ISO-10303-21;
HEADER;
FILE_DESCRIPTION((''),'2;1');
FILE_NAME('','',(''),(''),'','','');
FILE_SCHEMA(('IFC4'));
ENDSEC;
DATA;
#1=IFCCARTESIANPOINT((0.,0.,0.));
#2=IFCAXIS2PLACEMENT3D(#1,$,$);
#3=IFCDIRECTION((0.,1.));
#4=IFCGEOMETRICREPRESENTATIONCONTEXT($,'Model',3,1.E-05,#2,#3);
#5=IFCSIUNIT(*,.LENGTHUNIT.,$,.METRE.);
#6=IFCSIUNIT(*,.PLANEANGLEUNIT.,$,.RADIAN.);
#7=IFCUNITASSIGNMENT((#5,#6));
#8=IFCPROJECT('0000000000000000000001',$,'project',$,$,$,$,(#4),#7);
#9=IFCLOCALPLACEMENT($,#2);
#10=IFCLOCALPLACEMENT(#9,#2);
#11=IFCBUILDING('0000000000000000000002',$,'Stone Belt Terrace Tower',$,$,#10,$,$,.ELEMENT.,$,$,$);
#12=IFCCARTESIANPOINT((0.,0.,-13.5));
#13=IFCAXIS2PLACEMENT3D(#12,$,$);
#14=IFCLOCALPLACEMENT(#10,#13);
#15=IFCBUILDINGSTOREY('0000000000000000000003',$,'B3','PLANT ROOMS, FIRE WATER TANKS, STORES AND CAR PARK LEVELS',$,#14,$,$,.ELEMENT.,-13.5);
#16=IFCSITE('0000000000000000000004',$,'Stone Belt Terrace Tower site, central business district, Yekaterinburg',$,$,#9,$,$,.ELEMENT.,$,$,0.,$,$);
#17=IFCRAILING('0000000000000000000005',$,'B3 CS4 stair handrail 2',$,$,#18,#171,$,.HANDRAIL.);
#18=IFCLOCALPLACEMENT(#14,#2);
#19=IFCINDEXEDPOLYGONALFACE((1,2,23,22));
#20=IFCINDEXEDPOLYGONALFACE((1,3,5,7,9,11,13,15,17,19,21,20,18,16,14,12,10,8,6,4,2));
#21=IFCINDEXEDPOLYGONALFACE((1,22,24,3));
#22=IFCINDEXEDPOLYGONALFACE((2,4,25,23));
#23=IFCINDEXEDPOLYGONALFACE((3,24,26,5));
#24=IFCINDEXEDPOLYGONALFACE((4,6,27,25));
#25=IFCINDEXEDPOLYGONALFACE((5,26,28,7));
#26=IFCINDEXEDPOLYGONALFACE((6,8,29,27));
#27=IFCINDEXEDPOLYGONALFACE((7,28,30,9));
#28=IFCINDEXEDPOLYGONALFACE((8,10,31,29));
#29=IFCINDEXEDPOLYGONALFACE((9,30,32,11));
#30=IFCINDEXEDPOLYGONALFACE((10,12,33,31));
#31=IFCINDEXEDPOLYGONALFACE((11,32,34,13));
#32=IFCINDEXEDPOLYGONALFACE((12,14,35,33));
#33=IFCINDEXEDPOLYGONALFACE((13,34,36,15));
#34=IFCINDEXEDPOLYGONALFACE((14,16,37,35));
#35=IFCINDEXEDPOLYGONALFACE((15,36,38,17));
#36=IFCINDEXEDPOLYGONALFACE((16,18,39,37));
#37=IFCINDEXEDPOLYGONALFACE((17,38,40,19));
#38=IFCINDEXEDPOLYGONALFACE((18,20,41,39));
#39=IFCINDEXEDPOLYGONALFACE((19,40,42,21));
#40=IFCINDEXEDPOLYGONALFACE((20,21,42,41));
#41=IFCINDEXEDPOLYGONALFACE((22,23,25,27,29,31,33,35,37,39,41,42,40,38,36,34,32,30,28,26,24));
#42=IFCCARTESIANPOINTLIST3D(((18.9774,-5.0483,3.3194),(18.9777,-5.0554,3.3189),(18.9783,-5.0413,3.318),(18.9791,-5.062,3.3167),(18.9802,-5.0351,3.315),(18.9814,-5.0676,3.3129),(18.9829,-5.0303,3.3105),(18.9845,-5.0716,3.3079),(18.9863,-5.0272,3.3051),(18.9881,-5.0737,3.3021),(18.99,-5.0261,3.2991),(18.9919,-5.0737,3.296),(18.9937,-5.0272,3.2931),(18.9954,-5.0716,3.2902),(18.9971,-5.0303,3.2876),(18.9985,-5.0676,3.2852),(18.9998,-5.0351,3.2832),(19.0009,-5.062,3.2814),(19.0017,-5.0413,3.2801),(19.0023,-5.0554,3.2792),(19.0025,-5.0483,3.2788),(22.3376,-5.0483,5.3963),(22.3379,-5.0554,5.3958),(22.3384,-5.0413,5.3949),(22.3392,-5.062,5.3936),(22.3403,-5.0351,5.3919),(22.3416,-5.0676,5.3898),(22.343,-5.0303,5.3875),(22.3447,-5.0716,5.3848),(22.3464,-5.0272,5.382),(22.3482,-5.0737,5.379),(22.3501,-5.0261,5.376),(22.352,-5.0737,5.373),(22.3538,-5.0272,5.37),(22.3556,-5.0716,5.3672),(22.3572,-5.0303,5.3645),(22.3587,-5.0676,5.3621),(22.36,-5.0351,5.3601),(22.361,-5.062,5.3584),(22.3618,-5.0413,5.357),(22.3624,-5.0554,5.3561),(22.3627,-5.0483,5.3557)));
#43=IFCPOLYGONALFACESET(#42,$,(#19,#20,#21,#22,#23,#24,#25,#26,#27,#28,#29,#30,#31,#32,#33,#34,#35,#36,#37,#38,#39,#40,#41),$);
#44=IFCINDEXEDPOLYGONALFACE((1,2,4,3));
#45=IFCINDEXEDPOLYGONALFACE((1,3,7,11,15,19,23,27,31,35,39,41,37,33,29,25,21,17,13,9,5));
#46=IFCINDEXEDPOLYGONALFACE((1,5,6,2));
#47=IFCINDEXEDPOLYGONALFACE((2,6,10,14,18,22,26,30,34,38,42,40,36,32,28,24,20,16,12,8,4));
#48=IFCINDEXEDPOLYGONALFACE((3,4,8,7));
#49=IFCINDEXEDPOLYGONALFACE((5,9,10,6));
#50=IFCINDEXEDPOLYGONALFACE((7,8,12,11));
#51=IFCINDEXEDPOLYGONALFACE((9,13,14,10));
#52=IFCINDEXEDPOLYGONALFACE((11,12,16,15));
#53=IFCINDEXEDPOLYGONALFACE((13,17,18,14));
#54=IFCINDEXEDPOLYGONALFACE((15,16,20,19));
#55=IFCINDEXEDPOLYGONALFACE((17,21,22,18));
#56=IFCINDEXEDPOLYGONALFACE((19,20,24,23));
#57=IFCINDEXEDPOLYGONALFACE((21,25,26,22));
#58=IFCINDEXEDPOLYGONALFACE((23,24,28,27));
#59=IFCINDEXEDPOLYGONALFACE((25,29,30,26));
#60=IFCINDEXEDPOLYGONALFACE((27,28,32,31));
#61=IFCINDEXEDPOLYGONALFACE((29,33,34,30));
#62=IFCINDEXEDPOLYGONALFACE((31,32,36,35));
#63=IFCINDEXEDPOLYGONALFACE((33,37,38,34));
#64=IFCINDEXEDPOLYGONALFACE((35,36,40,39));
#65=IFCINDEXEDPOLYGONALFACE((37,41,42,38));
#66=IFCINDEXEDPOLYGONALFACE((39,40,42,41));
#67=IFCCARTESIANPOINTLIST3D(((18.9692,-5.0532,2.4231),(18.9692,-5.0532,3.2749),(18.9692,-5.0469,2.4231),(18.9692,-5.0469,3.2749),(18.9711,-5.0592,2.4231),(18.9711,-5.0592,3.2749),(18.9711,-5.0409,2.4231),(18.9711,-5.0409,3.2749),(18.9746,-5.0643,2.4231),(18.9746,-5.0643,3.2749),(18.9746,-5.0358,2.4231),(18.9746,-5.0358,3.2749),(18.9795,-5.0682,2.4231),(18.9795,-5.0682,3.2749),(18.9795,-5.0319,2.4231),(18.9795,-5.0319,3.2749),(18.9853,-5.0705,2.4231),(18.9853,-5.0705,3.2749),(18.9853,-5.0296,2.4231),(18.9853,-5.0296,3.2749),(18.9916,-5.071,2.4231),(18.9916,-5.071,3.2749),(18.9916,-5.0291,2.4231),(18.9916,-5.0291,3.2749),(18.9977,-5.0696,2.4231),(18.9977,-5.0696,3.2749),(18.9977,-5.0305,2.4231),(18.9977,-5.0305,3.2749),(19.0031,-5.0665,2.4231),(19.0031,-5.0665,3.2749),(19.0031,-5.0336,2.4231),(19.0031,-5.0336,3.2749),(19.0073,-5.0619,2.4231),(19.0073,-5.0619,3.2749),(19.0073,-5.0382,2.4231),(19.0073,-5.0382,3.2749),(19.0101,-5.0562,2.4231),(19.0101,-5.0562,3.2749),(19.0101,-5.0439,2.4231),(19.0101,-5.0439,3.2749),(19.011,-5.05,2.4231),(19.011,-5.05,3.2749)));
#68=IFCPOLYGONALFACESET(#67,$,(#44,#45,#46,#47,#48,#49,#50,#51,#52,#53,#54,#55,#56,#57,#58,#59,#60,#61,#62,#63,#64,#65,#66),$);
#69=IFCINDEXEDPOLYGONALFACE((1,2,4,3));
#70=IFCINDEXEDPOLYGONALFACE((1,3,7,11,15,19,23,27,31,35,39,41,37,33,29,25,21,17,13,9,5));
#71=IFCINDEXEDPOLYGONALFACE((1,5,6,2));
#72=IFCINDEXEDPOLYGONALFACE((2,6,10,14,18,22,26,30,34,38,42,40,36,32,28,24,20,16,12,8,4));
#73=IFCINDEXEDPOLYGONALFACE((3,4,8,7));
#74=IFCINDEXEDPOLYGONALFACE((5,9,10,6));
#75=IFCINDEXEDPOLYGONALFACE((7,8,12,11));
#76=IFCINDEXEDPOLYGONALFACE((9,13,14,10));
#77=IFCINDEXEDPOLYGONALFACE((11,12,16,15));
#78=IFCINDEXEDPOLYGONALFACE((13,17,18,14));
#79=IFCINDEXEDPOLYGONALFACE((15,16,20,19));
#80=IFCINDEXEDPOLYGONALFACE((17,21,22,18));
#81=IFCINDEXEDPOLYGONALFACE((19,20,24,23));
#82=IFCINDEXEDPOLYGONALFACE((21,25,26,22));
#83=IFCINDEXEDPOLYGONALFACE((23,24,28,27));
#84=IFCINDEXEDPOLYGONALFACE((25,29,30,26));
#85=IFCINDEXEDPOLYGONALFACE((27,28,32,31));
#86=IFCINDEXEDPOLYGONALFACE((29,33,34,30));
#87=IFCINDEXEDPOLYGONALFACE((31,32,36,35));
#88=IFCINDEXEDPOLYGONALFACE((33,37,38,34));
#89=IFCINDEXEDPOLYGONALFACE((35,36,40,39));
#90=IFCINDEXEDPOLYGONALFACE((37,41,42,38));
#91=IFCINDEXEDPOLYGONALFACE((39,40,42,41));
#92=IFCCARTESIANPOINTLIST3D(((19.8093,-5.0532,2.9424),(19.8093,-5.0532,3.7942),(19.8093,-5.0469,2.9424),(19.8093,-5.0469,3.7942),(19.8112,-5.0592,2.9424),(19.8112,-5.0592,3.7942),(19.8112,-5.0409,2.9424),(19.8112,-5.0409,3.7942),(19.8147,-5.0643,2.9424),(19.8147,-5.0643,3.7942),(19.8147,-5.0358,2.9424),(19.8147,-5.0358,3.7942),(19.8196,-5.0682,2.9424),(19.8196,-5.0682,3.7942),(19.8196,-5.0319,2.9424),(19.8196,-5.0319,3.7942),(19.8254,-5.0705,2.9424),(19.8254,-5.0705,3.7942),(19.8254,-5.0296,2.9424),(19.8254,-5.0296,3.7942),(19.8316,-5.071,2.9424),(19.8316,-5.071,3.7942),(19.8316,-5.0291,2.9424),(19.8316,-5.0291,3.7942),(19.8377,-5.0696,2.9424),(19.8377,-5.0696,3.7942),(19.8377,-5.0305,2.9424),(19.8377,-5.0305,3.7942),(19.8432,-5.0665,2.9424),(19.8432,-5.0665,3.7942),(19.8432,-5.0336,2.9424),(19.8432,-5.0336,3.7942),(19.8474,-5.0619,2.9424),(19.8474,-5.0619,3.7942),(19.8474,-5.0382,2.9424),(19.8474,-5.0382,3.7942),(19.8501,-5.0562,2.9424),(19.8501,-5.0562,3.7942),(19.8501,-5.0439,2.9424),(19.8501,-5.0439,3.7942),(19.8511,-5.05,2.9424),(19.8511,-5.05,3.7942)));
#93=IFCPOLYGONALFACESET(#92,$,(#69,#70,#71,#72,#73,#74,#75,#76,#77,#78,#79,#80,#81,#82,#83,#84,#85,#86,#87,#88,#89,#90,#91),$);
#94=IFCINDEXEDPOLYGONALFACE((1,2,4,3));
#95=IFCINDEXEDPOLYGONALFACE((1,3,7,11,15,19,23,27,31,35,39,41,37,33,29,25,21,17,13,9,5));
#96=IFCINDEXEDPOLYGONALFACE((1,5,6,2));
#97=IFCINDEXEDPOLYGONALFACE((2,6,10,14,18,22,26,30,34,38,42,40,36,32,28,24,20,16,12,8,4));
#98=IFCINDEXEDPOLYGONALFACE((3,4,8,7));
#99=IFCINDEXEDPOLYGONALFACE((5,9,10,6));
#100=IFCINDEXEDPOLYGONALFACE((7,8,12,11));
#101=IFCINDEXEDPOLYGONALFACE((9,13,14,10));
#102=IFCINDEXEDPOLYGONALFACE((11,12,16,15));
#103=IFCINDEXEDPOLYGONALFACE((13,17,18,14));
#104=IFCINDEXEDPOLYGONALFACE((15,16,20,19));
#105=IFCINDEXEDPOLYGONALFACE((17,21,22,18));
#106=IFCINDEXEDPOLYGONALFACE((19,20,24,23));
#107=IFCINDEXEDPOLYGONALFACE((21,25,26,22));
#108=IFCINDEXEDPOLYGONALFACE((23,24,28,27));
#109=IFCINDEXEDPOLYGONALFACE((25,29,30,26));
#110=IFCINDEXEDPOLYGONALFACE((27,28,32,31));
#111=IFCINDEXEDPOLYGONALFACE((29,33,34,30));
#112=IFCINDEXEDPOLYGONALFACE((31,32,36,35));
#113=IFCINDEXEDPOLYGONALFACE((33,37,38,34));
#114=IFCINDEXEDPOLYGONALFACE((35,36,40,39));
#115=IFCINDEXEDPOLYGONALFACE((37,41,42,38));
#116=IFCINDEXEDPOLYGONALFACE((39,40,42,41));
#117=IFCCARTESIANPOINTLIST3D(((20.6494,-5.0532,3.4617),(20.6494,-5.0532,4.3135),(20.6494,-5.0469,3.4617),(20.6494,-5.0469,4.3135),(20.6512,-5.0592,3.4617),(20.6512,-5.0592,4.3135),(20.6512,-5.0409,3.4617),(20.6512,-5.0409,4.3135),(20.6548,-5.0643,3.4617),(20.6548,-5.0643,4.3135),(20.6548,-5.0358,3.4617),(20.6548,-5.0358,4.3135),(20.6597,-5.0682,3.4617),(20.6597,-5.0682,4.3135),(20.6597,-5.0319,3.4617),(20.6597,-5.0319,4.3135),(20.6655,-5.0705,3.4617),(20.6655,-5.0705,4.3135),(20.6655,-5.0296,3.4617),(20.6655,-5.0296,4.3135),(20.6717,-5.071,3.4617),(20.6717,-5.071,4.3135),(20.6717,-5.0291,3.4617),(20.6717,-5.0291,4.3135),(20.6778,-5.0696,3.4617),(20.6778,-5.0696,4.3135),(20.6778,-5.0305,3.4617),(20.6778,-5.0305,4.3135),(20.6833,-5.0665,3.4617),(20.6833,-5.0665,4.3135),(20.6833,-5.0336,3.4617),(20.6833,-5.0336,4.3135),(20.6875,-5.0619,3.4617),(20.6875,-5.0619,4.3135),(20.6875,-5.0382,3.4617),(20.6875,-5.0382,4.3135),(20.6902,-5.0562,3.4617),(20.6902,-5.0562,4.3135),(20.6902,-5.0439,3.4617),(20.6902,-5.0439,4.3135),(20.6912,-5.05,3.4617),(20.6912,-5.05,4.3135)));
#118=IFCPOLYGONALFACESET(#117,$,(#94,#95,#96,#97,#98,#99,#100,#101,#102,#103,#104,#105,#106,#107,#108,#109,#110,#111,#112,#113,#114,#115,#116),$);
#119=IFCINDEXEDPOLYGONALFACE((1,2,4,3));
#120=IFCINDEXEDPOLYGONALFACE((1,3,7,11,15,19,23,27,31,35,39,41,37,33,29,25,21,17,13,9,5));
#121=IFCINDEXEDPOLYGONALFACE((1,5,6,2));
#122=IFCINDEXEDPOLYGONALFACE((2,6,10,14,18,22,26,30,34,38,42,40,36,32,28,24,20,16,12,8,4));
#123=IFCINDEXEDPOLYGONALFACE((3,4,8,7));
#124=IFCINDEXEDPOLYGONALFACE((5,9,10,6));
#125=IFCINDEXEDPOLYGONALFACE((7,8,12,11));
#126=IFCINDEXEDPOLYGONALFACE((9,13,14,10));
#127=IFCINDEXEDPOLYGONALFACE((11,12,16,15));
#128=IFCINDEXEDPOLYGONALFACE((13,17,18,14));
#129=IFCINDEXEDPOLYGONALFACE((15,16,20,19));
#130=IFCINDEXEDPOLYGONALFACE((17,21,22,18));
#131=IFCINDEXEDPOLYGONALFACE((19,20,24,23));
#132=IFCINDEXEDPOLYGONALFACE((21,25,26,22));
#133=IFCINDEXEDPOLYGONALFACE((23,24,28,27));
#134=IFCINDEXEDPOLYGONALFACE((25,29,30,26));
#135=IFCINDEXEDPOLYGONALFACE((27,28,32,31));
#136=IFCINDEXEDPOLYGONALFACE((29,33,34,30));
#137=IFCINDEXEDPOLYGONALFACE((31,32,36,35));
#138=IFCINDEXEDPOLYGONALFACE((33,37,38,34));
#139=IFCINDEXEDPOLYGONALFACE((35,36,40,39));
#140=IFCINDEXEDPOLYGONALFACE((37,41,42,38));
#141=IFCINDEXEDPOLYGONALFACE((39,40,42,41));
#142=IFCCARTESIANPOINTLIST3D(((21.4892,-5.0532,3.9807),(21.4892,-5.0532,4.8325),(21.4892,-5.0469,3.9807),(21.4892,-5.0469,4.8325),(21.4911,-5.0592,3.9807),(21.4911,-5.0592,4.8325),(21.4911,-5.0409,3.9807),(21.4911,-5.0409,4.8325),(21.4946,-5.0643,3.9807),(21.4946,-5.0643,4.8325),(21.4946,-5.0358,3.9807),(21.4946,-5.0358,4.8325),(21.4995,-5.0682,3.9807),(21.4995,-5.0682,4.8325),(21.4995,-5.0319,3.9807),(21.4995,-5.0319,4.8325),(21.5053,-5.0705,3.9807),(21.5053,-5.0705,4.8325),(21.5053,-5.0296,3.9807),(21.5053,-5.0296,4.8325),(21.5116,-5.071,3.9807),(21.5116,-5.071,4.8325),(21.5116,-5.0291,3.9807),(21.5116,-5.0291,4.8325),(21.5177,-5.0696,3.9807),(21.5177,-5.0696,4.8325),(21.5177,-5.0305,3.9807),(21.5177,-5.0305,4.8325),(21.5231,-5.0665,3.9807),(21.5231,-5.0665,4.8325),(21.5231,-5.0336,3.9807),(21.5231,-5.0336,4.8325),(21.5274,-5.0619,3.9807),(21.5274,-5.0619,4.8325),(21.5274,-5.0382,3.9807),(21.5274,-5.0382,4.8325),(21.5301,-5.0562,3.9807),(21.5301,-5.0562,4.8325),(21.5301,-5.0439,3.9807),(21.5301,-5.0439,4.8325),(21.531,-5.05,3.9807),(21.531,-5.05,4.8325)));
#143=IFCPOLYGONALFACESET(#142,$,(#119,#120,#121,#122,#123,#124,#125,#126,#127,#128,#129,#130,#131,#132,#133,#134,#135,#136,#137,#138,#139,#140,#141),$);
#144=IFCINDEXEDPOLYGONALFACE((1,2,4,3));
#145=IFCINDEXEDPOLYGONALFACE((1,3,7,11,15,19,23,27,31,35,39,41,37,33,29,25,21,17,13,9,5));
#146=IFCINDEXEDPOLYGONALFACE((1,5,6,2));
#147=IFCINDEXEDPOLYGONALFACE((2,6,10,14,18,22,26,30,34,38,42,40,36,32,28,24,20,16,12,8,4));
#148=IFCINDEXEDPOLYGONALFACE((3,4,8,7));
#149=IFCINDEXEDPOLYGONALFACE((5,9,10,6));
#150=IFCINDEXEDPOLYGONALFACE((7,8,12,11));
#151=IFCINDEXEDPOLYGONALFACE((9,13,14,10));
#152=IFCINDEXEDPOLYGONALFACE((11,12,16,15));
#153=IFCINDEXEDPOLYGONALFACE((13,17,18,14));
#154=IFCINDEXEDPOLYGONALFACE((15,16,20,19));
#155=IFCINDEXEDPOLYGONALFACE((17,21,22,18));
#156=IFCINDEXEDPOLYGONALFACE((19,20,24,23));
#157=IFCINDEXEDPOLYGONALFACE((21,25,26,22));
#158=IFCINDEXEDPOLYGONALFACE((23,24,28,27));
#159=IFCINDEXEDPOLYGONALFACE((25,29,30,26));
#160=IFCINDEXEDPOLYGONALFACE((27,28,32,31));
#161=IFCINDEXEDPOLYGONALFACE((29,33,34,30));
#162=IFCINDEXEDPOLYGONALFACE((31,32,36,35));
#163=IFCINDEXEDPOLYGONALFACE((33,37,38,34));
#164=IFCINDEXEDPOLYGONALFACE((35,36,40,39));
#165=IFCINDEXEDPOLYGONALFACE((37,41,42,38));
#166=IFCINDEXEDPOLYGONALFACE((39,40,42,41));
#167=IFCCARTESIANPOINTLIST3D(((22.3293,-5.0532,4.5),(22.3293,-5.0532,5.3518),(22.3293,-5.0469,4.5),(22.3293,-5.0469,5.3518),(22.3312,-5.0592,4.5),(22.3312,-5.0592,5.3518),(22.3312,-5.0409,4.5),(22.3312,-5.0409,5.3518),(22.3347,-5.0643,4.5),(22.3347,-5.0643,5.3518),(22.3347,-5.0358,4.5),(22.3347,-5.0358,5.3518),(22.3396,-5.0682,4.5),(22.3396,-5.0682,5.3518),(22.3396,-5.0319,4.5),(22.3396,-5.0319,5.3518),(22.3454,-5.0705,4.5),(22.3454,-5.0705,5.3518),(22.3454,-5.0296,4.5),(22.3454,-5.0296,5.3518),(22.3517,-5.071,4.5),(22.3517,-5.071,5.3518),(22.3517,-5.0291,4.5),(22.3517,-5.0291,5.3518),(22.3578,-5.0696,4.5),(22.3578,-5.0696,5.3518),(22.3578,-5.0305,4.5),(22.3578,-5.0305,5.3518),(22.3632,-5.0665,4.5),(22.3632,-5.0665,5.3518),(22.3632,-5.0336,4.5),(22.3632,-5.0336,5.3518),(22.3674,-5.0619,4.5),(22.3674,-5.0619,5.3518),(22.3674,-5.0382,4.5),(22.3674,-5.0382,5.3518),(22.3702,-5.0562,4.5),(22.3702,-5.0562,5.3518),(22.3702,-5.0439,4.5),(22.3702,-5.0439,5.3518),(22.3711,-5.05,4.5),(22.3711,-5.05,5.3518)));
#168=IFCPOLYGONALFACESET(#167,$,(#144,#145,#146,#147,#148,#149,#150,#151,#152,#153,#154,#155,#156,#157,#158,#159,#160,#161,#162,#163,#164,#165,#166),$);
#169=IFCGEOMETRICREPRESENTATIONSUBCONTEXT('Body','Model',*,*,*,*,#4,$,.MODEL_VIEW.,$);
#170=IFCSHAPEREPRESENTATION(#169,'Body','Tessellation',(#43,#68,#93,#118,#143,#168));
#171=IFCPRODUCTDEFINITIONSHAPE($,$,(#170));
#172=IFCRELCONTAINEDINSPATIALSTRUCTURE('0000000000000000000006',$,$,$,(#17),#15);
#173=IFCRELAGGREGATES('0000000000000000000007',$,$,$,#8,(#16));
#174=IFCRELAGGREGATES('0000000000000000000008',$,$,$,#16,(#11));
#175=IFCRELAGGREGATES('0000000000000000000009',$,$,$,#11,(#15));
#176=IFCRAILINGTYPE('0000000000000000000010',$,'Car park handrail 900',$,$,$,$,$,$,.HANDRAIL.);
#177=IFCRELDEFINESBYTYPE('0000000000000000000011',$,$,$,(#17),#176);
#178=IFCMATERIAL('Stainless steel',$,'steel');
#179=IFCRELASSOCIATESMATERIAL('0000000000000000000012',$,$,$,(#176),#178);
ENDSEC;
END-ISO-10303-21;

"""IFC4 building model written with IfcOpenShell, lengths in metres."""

from ifc_helpers import new_model, si_unit, direction, frame, origin, origin_2d, place, context, subcontext, project, spatial, circle, extrude, material, type_object, element, save


model = new_model("IFC4")

# Units and contexts
model_context = context("Model", 3, precision=1e-05, world=origin(), true_north=direction((0.0, 1.0)))
body_context = subcontext(model_context, "Body", "Model", "MODEL_VIEW")
ifc_project = project(units=[si_unit("LENGTHUNIT", "METRE"), si_unit("PLANEANGLEUNIT", "RADIAN")], contexts=[model_context])

# Site, building, storey
site_placement = place(None, origin())
site = spatial("IfcSite", under=ifc_project, at=site_placement, Name="Stone Belt Terrace Tower site, central business district, Yekaterinburg", CompositionType="ELEMENT", RefElevation=0.0)
building_placement = place(site_placement, origin())
building = spatial("IfcBuilding", under=site, at=building_placement, Name="Stone Belt Terrace Tower", CompositionType="ELEMENT")
storey_placement = place(building_placement, frame((0.0, 0.0, -13.5)))
storey = spatial("IfcBuildingStorey", under=building, at=storey_placement, Name="B3", Description="PLANT ROOMS, FIRE WATER TANKS, STORES AND CAR PARK LEVELS", CompositionType="ELEMENT", Elevation=-13.5)

# Railing
ifc_material_1 = material(Name="Stainless steel", Category="steel")
railing_type_1 = type_object("IfcRailingType", Name="Car park handrail 900", PredefinedType="HANDRAIL", material=ifc_material_1)
railing_1_placement = place(storey_placement, frame((18.99, -5.05, 2.4231)))
element("IfcRailing", 1, at=railing_1_placement, inside=storey, type_object=railing_type_1, Name="B3 CS4 stair handrail 2", PredefinedType="HANDRAIL", context=body_context, shape_type="SweptSolid", body=[
    extrude(circle(Radius=0.0239, at=origin_2d()), frame((0.0, 0.0, 0.876), z_axis=(0.850623, 0.0, 0.525776), x_axis=(0.0, 1.0, 0.0)), (0.0, 0.0, 1.0), 3.9502),
    extrude(circle(Radius=0.021, at=origin_2d()), origin(), (0.0, 0.0, 1.0), 0.8518),
    extrude(circle(Radius=0.021, at=origin_2d()), frame((0.8401, 0.0, 0.5193)), (0.0, 0.0, 1.0), 0.8518),
    extrude(circle(Radius=0.021, at=origin_2d()), frame((1.6802, 0.0, 1.0386)), (0.0, 0.0, 1.0), 0.8518),
    extrude(circle(Radius=0.021, at=origin_2d()), frame((2.52, 0.0, 1.5576)), (0.0, 0.0, 1.0), 0.8518),
    extrude(circle(Radius=0.021, at=origin_2d()), frame((3.3601, 0.0, 2.0769)), (0.0, 0.0, 1.0), 0.8518),
])

save(model, "model.ifc")
